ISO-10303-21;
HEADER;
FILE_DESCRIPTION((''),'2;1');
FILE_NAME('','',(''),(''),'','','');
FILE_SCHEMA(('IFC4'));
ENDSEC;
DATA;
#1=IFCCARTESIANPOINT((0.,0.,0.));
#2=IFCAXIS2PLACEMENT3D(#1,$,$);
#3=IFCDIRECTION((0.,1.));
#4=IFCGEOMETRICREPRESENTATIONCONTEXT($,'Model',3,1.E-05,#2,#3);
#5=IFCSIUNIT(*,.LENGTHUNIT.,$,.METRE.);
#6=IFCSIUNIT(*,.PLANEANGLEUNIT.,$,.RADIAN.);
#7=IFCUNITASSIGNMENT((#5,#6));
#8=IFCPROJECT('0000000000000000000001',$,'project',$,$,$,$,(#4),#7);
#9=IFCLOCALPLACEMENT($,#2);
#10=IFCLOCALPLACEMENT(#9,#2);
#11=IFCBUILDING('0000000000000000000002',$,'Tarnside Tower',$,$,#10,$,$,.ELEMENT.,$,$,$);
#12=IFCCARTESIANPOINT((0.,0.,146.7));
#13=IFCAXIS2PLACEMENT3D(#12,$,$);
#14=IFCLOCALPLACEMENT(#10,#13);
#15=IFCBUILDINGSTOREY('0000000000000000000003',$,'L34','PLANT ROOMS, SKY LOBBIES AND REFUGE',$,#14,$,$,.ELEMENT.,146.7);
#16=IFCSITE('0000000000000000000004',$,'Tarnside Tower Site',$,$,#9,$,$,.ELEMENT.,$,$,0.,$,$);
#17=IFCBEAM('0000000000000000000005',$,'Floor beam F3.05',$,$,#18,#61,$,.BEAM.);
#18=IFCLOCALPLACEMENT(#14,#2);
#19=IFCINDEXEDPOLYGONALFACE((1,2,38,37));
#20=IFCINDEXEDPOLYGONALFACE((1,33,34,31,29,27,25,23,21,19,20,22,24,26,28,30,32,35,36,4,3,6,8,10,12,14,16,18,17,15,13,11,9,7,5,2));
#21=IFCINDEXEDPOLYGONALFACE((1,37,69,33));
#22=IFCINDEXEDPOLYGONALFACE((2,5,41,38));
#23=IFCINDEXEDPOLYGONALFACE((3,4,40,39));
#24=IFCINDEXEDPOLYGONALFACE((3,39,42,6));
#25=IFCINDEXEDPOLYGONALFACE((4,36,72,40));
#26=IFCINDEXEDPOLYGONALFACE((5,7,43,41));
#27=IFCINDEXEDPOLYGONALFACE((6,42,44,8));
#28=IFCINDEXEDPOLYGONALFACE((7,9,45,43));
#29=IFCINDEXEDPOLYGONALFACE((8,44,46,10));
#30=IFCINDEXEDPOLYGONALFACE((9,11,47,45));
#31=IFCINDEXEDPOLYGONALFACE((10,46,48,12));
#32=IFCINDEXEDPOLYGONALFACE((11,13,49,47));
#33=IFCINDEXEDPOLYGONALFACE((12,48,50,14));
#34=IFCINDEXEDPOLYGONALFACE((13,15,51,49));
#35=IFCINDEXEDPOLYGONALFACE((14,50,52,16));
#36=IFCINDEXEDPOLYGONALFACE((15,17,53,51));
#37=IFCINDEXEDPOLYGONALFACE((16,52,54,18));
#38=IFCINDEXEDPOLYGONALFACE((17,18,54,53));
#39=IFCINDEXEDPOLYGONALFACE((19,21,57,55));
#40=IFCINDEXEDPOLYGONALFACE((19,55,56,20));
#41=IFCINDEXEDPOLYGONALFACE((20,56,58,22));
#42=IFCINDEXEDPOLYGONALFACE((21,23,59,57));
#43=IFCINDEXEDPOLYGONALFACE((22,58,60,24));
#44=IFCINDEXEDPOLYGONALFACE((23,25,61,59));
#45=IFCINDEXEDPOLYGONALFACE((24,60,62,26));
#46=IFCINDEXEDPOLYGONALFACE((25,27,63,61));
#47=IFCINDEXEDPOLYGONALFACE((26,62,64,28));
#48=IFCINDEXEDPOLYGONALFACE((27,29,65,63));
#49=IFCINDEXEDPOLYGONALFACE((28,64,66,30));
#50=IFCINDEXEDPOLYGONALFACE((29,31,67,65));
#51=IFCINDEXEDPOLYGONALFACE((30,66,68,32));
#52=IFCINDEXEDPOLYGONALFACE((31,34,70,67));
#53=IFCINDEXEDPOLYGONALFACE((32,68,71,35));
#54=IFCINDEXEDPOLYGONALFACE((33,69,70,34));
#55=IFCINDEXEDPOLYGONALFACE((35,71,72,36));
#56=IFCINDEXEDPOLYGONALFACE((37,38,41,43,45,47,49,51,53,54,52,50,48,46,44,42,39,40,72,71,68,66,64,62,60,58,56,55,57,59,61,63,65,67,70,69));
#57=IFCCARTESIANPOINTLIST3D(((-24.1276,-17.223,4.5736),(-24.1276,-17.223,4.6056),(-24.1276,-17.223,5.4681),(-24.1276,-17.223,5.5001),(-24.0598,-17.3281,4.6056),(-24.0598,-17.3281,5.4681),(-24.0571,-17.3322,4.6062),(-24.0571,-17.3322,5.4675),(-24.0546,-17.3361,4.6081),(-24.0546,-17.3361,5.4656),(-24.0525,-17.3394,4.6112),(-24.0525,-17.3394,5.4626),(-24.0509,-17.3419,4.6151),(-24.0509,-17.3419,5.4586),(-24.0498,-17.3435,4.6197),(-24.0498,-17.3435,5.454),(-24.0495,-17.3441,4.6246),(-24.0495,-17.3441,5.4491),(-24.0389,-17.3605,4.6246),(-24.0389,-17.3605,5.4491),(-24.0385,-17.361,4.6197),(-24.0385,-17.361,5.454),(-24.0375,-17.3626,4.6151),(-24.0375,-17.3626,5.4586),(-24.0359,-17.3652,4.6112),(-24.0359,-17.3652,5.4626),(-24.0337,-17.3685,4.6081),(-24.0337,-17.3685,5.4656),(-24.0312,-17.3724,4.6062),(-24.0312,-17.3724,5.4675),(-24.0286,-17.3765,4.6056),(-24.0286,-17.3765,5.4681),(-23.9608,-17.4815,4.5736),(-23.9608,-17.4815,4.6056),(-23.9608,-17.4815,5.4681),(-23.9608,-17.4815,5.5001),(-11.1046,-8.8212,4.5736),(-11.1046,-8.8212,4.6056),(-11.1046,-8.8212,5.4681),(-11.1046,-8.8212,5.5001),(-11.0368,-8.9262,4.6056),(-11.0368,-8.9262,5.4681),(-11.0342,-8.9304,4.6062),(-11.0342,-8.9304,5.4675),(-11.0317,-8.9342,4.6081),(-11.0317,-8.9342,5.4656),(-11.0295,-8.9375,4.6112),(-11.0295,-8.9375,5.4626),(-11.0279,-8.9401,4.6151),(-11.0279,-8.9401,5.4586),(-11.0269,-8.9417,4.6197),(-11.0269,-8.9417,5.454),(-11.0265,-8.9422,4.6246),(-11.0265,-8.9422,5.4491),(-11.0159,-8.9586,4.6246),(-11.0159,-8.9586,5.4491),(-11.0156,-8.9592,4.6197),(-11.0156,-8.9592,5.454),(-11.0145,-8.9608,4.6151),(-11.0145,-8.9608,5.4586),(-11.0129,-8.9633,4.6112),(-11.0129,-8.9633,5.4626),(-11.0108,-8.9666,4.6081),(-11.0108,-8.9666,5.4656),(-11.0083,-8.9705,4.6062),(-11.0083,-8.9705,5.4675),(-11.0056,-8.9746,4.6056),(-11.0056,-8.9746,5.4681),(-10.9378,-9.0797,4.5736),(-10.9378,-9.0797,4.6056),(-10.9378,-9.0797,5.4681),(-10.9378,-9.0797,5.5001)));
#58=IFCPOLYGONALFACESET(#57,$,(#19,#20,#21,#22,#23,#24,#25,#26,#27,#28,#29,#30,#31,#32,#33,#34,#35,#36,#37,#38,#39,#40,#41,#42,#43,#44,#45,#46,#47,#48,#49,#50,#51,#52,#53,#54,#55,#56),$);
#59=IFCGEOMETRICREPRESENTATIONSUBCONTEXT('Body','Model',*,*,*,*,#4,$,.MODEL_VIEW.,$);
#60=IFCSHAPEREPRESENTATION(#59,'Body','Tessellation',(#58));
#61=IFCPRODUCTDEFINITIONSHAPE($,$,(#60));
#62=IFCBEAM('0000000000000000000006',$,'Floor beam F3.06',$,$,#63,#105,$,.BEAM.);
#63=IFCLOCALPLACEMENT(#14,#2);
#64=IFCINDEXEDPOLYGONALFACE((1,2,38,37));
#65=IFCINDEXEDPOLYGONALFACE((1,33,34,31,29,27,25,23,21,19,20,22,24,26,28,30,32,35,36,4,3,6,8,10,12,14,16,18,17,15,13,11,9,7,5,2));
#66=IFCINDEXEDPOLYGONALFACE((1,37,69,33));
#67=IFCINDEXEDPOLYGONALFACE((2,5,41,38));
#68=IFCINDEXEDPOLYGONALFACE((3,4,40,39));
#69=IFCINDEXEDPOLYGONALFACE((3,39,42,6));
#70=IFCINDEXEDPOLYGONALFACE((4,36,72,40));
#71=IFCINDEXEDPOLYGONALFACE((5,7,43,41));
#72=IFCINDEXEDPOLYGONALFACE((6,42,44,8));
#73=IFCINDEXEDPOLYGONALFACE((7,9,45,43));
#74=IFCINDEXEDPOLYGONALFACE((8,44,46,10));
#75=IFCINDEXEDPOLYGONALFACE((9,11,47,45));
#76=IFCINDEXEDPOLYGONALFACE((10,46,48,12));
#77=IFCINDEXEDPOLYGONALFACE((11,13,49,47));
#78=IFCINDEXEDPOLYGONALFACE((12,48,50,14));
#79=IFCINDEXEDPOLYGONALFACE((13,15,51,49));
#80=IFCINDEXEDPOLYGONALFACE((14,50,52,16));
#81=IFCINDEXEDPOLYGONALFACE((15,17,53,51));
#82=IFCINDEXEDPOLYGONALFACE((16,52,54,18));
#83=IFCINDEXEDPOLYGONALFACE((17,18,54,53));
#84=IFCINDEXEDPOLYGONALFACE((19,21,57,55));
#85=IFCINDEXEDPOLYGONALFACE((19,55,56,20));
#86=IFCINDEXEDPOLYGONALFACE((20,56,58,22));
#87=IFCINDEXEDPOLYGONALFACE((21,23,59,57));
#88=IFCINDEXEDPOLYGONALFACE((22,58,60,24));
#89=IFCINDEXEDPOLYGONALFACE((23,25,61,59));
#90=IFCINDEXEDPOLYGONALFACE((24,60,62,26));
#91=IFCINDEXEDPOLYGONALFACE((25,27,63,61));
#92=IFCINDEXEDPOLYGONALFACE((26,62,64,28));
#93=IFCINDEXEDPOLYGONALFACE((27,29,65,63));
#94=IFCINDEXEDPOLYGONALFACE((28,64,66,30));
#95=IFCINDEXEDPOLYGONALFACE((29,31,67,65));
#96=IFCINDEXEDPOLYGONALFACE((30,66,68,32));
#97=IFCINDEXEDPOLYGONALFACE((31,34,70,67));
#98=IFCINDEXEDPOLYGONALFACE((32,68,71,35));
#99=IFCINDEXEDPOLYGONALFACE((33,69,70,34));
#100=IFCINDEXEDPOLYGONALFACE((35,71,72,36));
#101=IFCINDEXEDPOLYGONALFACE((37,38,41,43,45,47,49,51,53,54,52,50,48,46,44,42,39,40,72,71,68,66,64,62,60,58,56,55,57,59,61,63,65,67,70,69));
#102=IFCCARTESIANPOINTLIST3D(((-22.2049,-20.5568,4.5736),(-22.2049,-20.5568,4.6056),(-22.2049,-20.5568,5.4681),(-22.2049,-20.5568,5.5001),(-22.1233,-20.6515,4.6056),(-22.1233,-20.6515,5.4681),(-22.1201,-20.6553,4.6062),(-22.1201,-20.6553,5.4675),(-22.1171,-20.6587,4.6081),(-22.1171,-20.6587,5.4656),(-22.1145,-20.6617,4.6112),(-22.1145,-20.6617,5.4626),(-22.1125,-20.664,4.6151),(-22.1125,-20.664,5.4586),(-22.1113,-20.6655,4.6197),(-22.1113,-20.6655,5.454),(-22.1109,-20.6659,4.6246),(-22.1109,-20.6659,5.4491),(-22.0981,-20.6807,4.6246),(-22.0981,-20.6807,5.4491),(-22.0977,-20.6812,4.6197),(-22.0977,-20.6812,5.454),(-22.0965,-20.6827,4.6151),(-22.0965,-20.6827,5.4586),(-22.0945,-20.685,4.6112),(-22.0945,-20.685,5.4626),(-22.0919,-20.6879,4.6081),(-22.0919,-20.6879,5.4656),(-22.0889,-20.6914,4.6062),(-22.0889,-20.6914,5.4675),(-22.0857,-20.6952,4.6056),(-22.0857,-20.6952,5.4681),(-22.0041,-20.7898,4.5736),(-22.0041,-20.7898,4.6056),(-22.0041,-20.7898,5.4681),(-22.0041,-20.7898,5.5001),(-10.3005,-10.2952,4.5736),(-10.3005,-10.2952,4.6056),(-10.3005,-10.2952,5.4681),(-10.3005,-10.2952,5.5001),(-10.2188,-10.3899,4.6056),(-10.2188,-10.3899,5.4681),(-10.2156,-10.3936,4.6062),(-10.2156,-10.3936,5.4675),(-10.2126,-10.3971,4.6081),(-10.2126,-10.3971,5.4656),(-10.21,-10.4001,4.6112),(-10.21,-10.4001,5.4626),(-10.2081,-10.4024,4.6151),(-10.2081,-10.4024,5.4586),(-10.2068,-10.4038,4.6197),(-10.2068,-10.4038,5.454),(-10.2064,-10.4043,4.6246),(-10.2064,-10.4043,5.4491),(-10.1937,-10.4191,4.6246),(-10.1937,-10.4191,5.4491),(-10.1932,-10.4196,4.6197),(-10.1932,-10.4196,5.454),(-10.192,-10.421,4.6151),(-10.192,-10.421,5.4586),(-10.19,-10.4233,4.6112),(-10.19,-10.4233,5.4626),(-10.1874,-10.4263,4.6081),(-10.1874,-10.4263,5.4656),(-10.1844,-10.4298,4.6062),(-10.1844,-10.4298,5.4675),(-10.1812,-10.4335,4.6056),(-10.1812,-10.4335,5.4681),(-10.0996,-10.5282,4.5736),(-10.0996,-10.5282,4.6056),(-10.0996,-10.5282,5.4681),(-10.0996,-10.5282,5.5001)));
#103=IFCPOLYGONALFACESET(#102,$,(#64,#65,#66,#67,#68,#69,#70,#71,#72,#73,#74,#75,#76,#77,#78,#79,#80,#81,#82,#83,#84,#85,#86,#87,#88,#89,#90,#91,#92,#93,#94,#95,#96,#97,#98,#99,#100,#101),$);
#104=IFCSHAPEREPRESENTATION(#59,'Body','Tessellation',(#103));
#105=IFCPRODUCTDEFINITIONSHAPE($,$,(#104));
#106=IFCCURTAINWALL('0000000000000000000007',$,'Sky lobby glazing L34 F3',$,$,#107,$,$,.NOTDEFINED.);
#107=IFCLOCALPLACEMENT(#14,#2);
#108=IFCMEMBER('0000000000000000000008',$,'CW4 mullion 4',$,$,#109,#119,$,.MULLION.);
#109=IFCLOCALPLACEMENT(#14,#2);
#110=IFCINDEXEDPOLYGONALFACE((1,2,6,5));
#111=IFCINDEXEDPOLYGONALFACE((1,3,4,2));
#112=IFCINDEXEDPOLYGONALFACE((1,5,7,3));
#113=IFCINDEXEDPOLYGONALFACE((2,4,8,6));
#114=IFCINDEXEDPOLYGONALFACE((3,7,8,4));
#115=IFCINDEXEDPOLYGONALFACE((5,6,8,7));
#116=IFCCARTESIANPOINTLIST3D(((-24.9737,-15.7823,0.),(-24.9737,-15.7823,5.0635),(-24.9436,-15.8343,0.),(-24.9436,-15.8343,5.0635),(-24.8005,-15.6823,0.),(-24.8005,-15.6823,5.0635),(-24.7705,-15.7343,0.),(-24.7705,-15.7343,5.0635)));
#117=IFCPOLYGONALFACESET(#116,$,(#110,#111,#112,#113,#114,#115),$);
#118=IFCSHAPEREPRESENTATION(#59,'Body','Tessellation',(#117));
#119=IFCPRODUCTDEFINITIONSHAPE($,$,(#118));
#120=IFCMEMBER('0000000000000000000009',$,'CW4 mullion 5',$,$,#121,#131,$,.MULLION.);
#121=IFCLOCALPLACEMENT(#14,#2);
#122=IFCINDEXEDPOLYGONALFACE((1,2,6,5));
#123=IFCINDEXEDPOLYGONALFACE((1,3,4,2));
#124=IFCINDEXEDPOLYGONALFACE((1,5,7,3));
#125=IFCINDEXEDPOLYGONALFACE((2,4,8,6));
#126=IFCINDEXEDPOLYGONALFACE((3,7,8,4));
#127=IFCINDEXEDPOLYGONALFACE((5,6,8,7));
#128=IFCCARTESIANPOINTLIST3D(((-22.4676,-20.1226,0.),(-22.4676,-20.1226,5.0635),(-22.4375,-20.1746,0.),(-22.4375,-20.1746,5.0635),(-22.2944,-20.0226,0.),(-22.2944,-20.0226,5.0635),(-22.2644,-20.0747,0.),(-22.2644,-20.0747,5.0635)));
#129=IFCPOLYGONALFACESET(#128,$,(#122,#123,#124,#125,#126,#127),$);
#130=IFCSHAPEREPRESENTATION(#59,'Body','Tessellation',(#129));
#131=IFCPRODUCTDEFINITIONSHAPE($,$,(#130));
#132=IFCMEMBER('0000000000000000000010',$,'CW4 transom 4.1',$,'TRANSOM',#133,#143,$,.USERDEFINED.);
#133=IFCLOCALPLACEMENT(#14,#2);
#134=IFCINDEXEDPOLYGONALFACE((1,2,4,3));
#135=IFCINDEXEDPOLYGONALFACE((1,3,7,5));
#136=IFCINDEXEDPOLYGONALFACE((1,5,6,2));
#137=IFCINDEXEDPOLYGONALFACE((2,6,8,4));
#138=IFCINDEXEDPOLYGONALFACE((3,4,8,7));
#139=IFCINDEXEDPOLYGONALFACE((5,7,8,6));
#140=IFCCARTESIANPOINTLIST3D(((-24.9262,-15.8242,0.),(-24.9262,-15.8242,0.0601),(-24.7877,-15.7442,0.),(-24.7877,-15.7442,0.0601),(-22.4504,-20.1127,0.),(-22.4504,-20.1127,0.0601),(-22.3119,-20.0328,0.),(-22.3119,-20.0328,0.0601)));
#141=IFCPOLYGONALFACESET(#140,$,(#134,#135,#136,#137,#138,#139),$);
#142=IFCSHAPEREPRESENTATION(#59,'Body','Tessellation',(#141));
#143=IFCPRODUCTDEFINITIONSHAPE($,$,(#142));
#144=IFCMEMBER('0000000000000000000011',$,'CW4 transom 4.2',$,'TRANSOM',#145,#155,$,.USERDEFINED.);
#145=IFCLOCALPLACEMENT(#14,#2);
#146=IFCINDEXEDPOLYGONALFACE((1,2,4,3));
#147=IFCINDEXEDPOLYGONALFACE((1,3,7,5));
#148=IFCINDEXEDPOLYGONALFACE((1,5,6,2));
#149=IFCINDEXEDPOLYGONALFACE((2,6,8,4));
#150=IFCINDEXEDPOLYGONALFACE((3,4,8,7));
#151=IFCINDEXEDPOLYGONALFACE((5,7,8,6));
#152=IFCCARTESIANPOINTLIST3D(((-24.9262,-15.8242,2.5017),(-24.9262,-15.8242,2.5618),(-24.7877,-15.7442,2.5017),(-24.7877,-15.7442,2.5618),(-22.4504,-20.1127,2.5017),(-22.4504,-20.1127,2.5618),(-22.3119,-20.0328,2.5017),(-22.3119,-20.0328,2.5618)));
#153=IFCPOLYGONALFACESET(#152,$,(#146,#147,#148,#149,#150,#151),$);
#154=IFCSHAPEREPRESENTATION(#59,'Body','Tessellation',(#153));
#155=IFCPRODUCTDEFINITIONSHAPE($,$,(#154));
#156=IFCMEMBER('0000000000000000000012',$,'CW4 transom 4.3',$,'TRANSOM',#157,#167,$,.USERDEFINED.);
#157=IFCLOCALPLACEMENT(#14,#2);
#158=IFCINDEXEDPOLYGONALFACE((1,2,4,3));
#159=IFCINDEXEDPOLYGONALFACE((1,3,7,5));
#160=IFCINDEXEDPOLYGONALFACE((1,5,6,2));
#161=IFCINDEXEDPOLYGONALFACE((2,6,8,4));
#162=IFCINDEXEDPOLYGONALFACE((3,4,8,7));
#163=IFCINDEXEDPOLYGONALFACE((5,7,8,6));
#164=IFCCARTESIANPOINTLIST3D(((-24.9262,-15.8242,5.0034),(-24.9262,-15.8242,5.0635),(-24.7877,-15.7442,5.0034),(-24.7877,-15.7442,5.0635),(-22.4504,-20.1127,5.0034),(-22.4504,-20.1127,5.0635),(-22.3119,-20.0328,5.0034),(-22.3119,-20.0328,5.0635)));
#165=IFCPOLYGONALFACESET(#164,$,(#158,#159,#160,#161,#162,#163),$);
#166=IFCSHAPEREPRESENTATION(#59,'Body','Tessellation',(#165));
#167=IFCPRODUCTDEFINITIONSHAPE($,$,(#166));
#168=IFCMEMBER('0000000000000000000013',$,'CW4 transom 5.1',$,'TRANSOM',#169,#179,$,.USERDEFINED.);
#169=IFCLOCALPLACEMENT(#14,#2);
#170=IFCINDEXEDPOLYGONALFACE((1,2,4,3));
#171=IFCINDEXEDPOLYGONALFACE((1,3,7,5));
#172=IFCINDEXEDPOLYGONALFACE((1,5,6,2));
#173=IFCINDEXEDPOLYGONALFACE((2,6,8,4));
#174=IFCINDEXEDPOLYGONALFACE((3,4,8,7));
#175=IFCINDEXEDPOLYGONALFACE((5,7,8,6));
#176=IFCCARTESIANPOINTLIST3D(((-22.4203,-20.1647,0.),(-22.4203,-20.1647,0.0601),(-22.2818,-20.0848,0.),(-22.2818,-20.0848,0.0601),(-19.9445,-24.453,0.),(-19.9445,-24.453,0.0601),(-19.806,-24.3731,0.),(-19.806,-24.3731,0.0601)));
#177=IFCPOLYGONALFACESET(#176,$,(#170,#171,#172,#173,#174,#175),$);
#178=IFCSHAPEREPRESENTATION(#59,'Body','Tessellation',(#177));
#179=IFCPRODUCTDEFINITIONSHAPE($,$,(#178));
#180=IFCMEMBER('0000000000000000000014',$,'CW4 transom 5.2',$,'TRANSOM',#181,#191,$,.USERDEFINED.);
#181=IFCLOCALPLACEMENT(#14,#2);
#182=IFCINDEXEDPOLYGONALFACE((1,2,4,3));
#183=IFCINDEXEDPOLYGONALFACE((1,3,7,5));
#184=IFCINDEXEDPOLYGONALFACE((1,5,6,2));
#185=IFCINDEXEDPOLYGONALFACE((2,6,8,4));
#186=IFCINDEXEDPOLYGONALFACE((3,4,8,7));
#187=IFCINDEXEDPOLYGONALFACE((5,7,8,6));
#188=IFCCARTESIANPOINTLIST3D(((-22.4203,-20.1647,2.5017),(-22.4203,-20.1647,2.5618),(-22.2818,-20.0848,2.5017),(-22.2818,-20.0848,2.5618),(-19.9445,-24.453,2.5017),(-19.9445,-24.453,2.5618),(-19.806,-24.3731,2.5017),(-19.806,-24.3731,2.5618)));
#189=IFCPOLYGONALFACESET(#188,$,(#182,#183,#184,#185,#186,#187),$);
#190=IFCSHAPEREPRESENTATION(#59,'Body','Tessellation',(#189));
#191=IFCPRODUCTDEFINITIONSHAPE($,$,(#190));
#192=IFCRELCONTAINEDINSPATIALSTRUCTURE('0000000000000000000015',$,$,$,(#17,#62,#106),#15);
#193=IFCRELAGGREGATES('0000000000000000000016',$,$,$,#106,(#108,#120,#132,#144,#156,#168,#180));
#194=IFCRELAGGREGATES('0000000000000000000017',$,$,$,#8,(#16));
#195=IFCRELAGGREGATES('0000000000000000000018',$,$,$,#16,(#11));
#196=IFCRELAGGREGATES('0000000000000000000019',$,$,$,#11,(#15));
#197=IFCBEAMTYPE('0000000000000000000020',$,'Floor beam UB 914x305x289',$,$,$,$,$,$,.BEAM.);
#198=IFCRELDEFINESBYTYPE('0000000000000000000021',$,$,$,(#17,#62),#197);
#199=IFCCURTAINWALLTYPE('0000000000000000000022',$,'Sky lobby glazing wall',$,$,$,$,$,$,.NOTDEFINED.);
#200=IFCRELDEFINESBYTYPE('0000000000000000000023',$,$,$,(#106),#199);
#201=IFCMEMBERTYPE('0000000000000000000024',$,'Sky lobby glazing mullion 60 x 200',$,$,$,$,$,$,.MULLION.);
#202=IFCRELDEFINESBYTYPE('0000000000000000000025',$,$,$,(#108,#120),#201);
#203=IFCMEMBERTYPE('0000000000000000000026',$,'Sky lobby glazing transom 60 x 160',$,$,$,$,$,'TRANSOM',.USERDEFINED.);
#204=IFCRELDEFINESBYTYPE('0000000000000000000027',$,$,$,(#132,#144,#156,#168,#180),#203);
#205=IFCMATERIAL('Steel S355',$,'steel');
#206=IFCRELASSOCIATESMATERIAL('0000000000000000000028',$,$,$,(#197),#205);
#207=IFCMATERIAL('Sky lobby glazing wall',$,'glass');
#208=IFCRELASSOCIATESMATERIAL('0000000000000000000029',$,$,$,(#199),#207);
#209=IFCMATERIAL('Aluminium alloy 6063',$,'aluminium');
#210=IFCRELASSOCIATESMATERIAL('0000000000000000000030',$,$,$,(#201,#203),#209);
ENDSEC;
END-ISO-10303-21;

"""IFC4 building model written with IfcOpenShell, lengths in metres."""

from ifc_helpers import new_model, si_unit, direction, frame, origin, origin_2d, place, context, subcontext, project, spatial, rectangle, i_section, extrude, material, material_profile, profile_set, type_object, element, aggregate, save


model = new_model("IFC4")

# Units and contexts
model_context = context("Model", 3, precision=1e-05, world=origin(), true_north=direction((0.0, 1.0)))
body_context = subcontext(model_context, "Body", "Model", "MODEL_VIEW")
ifc_project = project(units=[si_unit("LENGTHUNIT", "METRE"), si_unit("PLANEANGLEUNIT", "RADIAN")], contexts=[model_context])

# Site, building, storey
site_placement = place(None, origin())
site = spatial("IfcSite", under=ifc_project, at=site_placement, Name="Tarnside Tower Site", CompositionType="ELEMENT", RefElevation=0.0)
building_placement = place(site_placement, origin())
building = spatial("IfcBuilding", under=site, at=building_placement, Name="Tarnside Tower", CompositionType="ELEMENT")
storey_placement = place(building_placement, frame((0.0, 0.0, 146.7)))
storey = spatial("IfcBuildingStorey", under=building, at=storey_placement, Name="L34", Description="PLANT ROOMS, SKY LOBBIES AND REFUGE", CompositionType="ELEMENT", Elevation=146.7)

# Beams
ifc_material_1 = material(Name="Steel S355", Category="steel")
ifc_material_profile_1 = material_profile(ifc_material_1, i_section(OverallWidth=0.3076, OverallDepth=0.9265, WebThickness=0.0195, FlangeThickness=0.032, FilletRadius=0.019, at=origin_2d()), Name="UB 914x305x289")
ifc_profile_set_1 = profile_set([ifc_material_profile_1], Name="Steel S355")
beam_type = type_object("IfcBeamType", Name="Floor beam UB 914x305x289", PredefinedType="BEAM", material=ifc_profile_set_1)
beam_1_placement = place(storey_placement, frame((-24.0442, -17.3523, 5.0369), z_axis=(0.840298, 0.542125, 0.0), x_axis=(-0.542125, 0.840298, 0.0)))
element("IfcBeam", 1, at=beam_1_placement, inside=storey, type_object=beam_type, Name="Floor beam F3.05", PredefinedType="BEAM", context=body_context, shape_type="SweptSolid", body=[
    extrude(i_section(OverallWidth=0.3076, OverallDepth=0.9265, WebThickness=0.0195, FlangeThickness=0.032, FilletRadius=0.019, at=origin_2d()), origin(), (0.0, 0.0, 1.0), 15.498),
])
beam_2_placement = place(storey_placement, frame((-22.1045, -20.6733, 5.0369), z_axis=(0.757436, 0.65291, 0.0), x_axis=(-0.65291, 0.757436, 0.0)))
element("IfcBeam", 2, at=beam_2_placement, inside=storey, type_object=beam_type, Name="Floor beam F3.06", PredefinedType="BEAM", context=body_context, shape_type="SweptSolid", body=[
    extrude(i_section(OverallWidth=0.3076, OverallDepth=0.9265, WebThickness=0.0195, FlangeThickness=0.032, FilletRadius=0.019, at=origin_2d()), origin(), (0.0, 0.0, 1.0), 15.7168),
])

# Curtain wall, members
ifc_material_2 = material(Name="Sky lobby glazing wall", Category="glass")
curtain_wall_type = type_object("IfcCurtainWallType", Name="Sky lobby glazing wall", PredefinedType="NOTDEFINED", material=ifc_material_2)
curtain_wall_placement = place(storey_placement, origin())
curtain_wall = element("IfcCurtainWall", 3, at=curtain_wall_placement, inside=storey, type_object=curtain_wall_type, Name="Sky lobby glazing L34 F3", PredefinedType="NOTDEFINED")
ifc_material_3 = material(Name="Aluminium alloy 6063", Category="aluminium")
ifc_material_profile_2 = material_profile(ifc_material_3, rectangle(XDim=0.2, YDim=0.0601, at=origin_2d()), Name="Sky lobby glazing mullion 60 x 200")
ifc_profile_set_2 = profile_set([ifc_material_profile_2], Name="Aluminium alloy 6063")
member_type_1 = type_object("IfcMemberType", Name="Sky lobby glazing mullion 60 x 200", PredefinedType="MULLION", material=ifc_profile_set_2)
member_1_placement = place(storey_placement, frame((-24.8721, -15.7583, 0.0), z_axis=(0.0, 0.0, 1.0), x_axis=(0.866025, 0.5, 0.0)))
member_1 = element("IfcMember", 4, at=member_1_placement, type_object=member_type_1, Name="CW4 mullion 4", PredefinedType="MULLION", context=body_context, shape_type="SweptSolid", body=[
    extrude(rectangle(XDim=0.2, YDim=0.0601, at=origin_2d()), origin(), (0.0, 0.0, 1.0), 5.0635),
])
member_2_placement = place(storey_placement, frame((-22.366, -20.0986, 0.0), z_axis=(0.0, 0.0, 1.0), x_axis=(0.866025, 0.5, 0.0)))
member_2 = element("IfcMember", 5, at=member_2_placement, type_object=member_type_1, Name="CW4 mullion 5", PredefinedType="MULLION", context=body_context, shape_type="SweptSolid", body=[
    extrude(rectangle(XDim=0.2, YDim=0.0601, at=origin_2d()), origin(), (0.0, 0.0, 1.0), 5.0635),
])
ifc_material_profile_3 = material_profile(ifc_material_3, rectangle(XDim=0.1599, YDim=0.0601, at=origin_2d()), Name="Sky lobby glazing transom 60 x 160")
ifc_profile_set_3 = profile_set([ifc_material_profile_3], Name="Aluminium alloy 6063")
member_type_2 = type_object("IfcMemberType", Name="Sky lobby glazing transom 60 x 160", ElementType="TRANSOM", PredefinedType="USERDEFINED", material=ifc_profile_set_3)
member_3_placement = place(storey_placement, frame((-24.8569, -15.7842, 0.03), z_axis=(0.499973, -0.866041, 0.0), x_axis=(0.866041, 0.499973, 0.0)))
member_3 = element("IfcMember", 6, at=member_3_placement, type_object=member_type_2, Name="CW4 transom 4.1", ObjectType="TRANSOM", PredefinedType="USERDEFINED", context=body_context, shape_type="SweptSolid", body=[
    extrude(rectangle(XDim=0.1599, YDim=0.0601, at=origin_2d()), origin(), (0.0, 0.0, 1.0), 4.9519),
])
member_4_placement = place(storey_placement, frame((-24.8569, -15.7842, 2.5317), z_axis=(0.499973, -0.866041, 0.0), x_axis=(0.866041, 0.499973, 0.0)))
member_4 = element("IfcMember", 7, at=member_4_placement, type_object=member_type_2, Name="CW4 transom 4.2", ObjectType="TRANSOM", PredefinedType="USERDEFINED", context=body_context, shape_type="SweptSolid", body=[
    extrude(rectangle(XDim=0.1599, YDim=0.0601, at=origin_2d()), origin(), (0.0, 0.0, 1.0), 4.9519),
])
member_5_placement = place(storey_placement, frame((-24.8569, -15.7842, 5.0334), z_axis=(0.499973, -0.866041, 0.0), x_axis=(0.866041, 0.499973, 0.0)))
member_5 = element("IfcMember", 8, at=member_5_placement, type_object=member_type_2, Name="CW4 transom 4.3", ObjectType="TRANSOM", PredefinedType="USERDEFINED", context=body_context, shape_type="SweptSolid", body=[
    extrude(rectangle(XDim=0.1599, YDim=0.0601, at=origin_2d()), origin(), (0.0, 0.0, 1.0), 4.9519),
])
member_6_placement = place(storey_placement, frame((-22.3511, -20.1248, 0.03), z_axis=(0.499994, -0.866029, 0.0), x_axis=(0.866029, 0.499994, 0.0)))
member_6 = element("IfcMember", 9, at=member_6_placement, type_object=member_type_2, Name="CW4 transom 5.1", ObjectType="TRANSOM", PredefinedType="USERDEFINED", context=body_context, shape_type="SweptSolid", body=[
    extrude(rectangle(XDim=0.1599, YDim=0.0601, at=origin_2d()), origin(), (0.0, 0.0, 1.0), 4.9517),
])
member_7_placement = place(storey_placement, frame((-22.3511, -20.1248, 2.5317), z_axis=(0.499994, -0.866029, 0.0), x_axis=(0.866029, 0.499994, 0.0)))
member_7 = element("IfcMember", 10, at=member_7_placement, type_object=member_type_2, Name="CW4 transom 5.2", ObjectType="TRANSOM", PredefinedType="USERDEFINED", context=body_context, shape_type="SweptSolid", body=[
    extrude(rectangle(XDim=0.1599, YDim=0.0601, at=origin_2d()), origin(), (0.0, 0.0, 1.0), 4.9517),
])

aggregate(curtain_wall, [member_1, member_2, member_3, member_4, member_5, member_6, member_7])

save(model, "model.ifc")
